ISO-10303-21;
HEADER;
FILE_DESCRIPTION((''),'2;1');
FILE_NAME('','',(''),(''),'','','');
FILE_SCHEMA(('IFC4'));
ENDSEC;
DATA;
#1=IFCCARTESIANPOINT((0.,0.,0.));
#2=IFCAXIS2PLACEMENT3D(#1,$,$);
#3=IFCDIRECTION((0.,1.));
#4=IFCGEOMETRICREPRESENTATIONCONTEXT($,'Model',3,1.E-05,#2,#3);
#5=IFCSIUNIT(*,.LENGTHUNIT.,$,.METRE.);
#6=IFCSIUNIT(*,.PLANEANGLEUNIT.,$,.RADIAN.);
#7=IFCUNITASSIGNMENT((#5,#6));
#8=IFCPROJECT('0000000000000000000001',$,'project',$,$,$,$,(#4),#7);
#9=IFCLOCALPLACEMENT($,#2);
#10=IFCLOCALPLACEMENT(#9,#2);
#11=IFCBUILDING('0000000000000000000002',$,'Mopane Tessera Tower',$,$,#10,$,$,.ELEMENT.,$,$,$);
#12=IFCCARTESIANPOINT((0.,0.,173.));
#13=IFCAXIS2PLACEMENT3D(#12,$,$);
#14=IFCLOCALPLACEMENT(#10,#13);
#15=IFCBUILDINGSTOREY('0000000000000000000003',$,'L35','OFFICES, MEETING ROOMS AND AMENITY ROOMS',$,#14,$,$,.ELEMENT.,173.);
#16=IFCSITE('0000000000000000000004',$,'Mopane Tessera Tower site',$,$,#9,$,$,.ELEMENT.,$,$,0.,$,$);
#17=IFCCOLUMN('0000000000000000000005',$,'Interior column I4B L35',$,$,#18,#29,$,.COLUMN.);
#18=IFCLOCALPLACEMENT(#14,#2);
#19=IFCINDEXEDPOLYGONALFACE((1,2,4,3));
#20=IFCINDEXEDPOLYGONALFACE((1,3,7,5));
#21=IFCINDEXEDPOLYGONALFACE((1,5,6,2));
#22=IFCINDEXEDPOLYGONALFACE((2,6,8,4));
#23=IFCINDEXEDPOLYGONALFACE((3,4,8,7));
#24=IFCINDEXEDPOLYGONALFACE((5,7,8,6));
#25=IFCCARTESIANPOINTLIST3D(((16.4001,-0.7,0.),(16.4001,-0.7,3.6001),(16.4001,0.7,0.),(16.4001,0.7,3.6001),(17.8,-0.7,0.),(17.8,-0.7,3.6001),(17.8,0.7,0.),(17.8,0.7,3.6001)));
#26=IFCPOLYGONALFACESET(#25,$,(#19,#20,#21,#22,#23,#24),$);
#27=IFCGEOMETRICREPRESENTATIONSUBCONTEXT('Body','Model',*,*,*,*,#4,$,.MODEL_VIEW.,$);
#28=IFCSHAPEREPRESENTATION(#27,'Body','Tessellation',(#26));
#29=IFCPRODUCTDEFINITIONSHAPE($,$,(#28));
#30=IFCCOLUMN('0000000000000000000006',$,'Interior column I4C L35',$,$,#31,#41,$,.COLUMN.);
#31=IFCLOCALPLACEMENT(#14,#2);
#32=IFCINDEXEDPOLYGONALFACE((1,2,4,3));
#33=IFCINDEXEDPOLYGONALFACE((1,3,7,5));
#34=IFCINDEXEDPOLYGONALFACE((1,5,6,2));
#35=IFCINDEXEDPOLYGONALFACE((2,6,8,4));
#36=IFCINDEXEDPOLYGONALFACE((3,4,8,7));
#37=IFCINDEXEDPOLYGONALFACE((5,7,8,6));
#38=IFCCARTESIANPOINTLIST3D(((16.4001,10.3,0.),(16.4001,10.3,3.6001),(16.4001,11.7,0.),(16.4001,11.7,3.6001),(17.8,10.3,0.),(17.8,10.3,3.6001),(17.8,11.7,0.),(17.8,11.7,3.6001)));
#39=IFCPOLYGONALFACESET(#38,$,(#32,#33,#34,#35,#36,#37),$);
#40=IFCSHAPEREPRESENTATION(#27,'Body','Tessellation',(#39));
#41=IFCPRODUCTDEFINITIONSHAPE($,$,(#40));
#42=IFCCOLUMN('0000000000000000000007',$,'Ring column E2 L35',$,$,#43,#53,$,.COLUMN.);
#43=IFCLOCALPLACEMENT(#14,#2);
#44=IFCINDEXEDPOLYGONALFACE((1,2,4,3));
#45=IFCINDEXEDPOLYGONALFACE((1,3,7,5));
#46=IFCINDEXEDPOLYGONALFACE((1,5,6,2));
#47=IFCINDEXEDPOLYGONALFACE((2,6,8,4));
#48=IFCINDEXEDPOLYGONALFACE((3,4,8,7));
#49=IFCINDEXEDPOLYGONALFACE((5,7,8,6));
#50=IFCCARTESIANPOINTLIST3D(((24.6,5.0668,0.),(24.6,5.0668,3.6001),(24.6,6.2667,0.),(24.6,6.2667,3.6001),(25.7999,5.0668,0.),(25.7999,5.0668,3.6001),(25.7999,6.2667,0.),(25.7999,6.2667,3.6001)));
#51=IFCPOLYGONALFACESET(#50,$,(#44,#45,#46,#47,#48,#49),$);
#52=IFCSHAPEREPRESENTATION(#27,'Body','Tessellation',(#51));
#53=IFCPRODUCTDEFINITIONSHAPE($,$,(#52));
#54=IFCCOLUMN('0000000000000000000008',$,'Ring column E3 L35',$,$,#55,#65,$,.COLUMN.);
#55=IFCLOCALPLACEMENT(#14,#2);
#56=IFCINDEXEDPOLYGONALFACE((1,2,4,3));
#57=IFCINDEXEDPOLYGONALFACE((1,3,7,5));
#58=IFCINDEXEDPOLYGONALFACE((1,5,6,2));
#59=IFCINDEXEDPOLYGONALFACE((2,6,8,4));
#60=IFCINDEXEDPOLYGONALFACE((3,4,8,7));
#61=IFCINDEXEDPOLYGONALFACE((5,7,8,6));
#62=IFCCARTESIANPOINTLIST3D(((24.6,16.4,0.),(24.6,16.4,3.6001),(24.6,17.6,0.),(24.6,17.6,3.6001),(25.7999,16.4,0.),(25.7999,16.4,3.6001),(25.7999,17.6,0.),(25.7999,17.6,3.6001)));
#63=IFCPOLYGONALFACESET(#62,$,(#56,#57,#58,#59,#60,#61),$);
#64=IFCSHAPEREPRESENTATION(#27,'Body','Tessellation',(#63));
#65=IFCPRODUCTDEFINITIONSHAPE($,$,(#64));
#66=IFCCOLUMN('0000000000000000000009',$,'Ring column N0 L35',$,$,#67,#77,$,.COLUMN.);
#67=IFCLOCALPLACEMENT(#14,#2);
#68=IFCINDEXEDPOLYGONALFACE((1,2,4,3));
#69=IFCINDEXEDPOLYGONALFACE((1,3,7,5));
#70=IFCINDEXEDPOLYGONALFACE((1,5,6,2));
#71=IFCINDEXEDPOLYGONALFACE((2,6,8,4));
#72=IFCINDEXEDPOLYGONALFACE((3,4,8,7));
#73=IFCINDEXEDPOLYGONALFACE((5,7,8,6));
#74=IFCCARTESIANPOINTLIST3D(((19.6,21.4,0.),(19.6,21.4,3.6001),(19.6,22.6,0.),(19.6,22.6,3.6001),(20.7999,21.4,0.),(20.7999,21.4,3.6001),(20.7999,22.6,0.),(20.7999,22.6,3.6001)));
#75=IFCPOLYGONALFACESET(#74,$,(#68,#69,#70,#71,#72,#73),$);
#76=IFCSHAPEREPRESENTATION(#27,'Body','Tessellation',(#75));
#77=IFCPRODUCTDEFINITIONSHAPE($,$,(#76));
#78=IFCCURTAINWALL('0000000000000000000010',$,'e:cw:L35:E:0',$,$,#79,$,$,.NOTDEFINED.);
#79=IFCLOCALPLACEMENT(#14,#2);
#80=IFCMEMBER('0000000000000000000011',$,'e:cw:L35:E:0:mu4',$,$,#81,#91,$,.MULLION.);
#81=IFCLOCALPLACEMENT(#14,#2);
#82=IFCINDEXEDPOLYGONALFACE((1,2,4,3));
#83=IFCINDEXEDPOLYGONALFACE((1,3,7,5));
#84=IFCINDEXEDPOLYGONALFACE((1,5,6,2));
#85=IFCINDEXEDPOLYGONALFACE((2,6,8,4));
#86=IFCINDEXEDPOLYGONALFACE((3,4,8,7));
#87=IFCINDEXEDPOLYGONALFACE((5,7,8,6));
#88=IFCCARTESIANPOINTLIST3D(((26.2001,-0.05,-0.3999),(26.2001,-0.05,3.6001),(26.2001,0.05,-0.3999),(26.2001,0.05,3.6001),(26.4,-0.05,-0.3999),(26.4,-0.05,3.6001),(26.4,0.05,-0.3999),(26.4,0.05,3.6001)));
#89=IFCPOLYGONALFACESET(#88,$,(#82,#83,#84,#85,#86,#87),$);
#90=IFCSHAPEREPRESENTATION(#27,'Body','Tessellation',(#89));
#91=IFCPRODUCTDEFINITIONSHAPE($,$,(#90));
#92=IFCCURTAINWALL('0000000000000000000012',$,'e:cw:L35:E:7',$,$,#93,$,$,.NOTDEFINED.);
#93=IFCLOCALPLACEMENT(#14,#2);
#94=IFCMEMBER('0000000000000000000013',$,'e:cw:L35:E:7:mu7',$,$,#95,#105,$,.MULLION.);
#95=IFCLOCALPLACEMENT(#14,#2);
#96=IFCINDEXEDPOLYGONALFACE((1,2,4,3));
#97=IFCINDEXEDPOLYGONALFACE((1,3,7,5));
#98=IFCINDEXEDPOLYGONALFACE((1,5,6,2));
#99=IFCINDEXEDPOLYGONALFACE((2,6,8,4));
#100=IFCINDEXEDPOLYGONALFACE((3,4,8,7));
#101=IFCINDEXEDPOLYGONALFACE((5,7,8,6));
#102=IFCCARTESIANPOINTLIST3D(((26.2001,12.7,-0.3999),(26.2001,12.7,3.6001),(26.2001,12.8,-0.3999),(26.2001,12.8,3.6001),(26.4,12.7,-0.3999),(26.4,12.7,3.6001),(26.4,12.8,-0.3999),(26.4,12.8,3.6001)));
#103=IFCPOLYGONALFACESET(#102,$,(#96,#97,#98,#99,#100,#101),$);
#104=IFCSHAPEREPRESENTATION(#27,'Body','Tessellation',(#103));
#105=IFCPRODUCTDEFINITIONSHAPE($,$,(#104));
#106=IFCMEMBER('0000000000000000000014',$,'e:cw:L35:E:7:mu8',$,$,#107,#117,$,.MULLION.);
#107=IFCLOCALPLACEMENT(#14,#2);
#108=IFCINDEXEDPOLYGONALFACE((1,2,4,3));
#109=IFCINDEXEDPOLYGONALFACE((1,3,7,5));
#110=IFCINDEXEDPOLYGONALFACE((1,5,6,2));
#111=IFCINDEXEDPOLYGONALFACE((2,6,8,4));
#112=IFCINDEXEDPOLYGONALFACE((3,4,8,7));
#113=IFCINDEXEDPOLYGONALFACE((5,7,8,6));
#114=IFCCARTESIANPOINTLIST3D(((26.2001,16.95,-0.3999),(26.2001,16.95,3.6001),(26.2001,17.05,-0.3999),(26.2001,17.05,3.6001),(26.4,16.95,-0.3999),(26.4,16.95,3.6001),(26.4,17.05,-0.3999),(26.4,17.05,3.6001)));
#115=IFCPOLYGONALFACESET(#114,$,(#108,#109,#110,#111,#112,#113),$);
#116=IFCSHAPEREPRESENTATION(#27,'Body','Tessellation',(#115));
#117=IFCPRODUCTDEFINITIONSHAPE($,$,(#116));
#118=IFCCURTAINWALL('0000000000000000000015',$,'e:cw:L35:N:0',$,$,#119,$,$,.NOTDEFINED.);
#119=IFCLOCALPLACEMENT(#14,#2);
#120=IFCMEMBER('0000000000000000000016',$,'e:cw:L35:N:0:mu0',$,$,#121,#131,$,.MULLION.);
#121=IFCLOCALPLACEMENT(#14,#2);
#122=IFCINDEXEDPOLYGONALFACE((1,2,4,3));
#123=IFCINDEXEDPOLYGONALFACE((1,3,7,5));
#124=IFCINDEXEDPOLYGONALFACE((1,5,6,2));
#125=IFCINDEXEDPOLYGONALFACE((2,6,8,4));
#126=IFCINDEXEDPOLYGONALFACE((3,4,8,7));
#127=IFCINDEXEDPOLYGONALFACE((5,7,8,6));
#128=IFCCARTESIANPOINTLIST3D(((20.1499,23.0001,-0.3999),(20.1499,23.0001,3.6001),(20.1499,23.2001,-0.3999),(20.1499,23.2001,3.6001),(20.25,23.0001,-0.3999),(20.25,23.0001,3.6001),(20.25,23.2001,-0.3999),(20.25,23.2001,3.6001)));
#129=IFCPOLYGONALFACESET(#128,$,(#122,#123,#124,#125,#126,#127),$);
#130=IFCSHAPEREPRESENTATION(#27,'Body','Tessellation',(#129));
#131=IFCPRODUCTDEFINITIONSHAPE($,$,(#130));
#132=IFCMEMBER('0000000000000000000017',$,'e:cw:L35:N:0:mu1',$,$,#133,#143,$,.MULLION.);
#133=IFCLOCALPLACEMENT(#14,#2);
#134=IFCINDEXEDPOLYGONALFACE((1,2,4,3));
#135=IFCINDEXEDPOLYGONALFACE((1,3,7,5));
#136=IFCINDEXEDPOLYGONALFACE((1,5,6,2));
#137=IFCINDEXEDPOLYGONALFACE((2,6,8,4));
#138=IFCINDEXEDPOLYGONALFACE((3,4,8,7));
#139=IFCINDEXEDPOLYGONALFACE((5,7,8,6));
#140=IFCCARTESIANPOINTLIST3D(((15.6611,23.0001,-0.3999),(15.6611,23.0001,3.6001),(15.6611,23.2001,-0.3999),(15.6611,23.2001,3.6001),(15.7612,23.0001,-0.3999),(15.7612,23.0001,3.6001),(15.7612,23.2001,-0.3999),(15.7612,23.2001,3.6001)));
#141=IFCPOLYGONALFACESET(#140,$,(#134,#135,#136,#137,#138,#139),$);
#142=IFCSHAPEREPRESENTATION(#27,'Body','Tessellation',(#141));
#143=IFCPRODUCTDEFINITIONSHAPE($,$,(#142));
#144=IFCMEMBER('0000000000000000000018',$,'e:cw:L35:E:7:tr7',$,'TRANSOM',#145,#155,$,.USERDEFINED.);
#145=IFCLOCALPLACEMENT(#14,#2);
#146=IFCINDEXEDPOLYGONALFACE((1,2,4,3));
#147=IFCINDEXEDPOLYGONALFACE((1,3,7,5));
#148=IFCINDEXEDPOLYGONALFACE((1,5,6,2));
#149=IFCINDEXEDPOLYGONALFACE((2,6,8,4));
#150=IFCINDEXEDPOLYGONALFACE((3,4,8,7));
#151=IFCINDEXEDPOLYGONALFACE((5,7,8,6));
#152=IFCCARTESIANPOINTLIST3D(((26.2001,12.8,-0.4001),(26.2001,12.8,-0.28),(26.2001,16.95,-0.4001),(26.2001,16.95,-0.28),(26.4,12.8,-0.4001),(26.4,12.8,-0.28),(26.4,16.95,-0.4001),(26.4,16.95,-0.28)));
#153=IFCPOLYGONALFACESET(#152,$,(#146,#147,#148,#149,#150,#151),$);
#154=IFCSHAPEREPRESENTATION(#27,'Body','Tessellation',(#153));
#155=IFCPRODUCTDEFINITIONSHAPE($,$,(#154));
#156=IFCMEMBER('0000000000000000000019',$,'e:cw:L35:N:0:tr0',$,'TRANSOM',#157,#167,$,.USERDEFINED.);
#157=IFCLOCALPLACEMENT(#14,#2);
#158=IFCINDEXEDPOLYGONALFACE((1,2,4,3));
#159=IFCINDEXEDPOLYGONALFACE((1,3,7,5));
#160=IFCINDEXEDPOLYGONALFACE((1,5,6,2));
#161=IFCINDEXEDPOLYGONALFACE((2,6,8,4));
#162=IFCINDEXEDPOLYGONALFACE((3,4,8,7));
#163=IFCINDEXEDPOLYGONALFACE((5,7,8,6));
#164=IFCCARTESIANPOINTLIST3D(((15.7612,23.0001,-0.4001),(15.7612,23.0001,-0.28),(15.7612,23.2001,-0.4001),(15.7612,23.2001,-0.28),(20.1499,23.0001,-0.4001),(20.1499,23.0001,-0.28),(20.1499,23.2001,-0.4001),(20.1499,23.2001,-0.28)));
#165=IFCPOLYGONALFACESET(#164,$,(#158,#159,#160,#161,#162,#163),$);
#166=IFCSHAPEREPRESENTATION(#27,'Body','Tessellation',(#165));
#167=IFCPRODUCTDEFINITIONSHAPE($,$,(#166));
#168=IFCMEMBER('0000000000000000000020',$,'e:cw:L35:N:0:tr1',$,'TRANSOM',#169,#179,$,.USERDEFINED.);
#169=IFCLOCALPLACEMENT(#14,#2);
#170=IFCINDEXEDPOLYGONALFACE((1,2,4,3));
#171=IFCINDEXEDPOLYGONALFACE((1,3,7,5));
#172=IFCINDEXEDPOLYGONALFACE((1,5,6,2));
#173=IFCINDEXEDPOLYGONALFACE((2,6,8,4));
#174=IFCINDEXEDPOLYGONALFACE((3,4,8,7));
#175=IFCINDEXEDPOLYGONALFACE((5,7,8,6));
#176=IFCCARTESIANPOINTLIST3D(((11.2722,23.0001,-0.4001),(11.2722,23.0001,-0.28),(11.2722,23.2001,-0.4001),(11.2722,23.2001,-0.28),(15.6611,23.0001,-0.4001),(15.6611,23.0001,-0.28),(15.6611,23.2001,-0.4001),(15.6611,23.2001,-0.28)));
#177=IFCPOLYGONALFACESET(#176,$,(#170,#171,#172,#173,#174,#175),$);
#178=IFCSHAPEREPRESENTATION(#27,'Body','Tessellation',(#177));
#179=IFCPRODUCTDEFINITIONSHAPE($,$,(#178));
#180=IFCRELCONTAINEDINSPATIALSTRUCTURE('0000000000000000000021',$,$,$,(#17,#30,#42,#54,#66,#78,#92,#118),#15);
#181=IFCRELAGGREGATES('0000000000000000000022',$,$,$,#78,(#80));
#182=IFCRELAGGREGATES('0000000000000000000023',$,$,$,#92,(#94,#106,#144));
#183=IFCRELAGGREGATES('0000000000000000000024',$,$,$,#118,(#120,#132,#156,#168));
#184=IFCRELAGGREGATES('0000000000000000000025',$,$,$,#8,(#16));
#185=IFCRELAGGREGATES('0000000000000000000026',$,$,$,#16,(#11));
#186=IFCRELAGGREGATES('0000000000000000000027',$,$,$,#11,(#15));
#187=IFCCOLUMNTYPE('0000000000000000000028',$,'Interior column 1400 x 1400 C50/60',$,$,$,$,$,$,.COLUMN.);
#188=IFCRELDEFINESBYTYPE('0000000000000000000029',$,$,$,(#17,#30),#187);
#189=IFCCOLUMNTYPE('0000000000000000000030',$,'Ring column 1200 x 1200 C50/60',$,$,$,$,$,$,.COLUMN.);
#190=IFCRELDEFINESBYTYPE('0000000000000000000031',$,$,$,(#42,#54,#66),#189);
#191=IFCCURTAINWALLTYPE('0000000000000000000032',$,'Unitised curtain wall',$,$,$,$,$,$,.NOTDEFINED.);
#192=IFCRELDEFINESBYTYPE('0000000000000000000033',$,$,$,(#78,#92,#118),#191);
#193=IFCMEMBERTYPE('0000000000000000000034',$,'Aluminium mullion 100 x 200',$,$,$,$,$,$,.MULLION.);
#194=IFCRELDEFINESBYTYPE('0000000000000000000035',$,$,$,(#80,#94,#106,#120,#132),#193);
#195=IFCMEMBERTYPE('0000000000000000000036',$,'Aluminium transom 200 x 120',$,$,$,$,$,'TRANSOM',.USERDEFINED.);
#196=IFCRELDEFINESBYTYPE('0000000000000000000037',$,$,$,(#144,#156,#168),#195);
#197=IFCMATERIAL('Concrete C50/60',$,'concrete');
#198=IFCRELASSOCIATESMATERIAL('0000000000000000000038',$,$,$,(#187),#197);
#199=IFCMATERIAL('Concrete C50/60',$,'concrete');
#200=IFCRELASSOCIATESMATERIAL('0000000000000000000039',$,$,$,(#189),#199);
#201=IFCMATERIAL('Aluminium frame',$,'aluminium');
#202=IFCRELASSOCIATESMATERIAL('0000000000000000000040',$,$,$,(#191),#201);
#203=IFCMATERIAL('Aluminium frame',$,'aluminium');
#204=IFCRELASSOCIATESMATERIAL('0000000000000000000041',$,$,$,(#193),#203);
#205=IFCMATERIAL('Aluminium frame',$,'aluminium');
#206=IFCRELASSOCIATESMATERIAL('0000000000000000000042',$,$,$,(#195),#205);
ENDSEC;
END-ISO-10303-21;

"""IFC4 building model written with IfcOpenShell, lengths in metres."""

from ifc_helpers import new_model, si_unit, direction, frame, origin, origin_2d, place, context, subcontext, project, spatial, rectangle, extrude, material, material_profile, profile_set, type_object, element, aggregate, save


model = new_model("IFC4")

# Units and contexts
model_context = context("Model", 3, precision=1e-05, world=origin(), true_north=direction((0.0, 1.0)))
body_context = subcontext(model_context, "Body", "Model", "MODEL_VIEW")
ifc_project = project(units=[si_unit("LENGTHUNIT", "METRE"), si_unit("PLANEANGLEUNIT", "RADIAN")], contexts=[model_context])

# Site, building, storey
site_placement = place(None, origin())
site = spatial("IfcSite", under=ifc_project, at=site_placement, Name="Mopane Tessera Tower site", CompositionType="ELEMENT", RefElevation=0.0)
building_placement = place(site_placement, origin())
building = spatial("IfcBuilding", under=site, at=building_placement, Name="Mopane Tessera Tower", CompositionType="ELEMENT")
storey_placement = place(building_placement, frame((0.0, 0.0, 173.0)))
storey = spatial("IfcBuildingStorey", under=building, at=storey_placement, Name="L35", Description="OFFICES, MEETING ROOMS AND AMENITY ROOMS", CompositionType="ELEMENT", Elevation=173.0)

# Columns
ifc_material_1 = material(Name="Concrete C50/60", Category="concrete")
ifc_material_profile_1 = material_profile(ifc_material_1, rectangle(XDim=1.3999, YDim=1.3999, at=origin_2d()))
ifc_profile_set_1 = profile_set([ifc_material_profile_1], Name="Concrete C50/60")
column_type_1 = type_object("IfcColumnType", Name="Interior column 1400 x 1400 C50/60", PredefinedType="COLUMN", material=ifc_profile_set_1)
for number, where, z_axis, x_axis, name in (
    (1, (17.1001, 0.0, 0.0), (0.0, 0.0, 1.0), (1.0, 0.0, 0.0), "Interior column I4B L35"),
    (2, (17.1001, 11.0, 0.0), (0.0, 0.0, 1.0), (1.0, 0.0, 0.0), "Interior column I4C L35"),
):
    element("IfcColumn", number, at=place(storey_placement, frame(where, z_axis=z_axis, x_axis=x_axis)), inside=storey, type_object=column_type_1, Name=name, PredefinedType="COLUMN", context=body_context, shape_type="SweptSolid", body=[
        extrude(rectangle(XDim=1.3999, YDim=1.3999, at=origin_2d()), origin(), (0.0, 0.0, 1.0), 3.6001),
    ])
ifc_material_2 = material(Name="Concrete C50/60", Category="concrete")
ifc_material_profile_2 = material_profile(ifc_material_2, rectangle(XDim=1.2, YDim=1.2, at=origin_2d()))
ifc_profile_set_2 = profile_set([ifc_material_profile_2], Name="Concrete C50/60")
column_type_2 = type_object("IfcColumnType", Name="Ring column 1200 x 1200 C50/60", PredefinedType="COLUMN", material=ifc_profile_set_2)
for number, where, z_axis, x_axis, name in (
    (3, (25.2, 5.6667, 0.0), (0.0, 0.0, 1.0), (1.0, 0.0, 0.0), "Ring column E2 L35"),
    (4, (25.2, 17.0, 0.0), (0.0, 0.0, 1.0), (1.0, 0.0, 0.0), "Ring column E3 L35"),
    (5, (20.2, 22.0, 0.0), (0.0, 0.0, 1.0), (1.0, 0.0, 0.0), "Ring column N0 L35"),
):
    element("IfcColumn", number, at=place(storey_placement, frame(where, z_axis=z_axis, x_axis=x_axis)), inside=storey, type_object=column_type_2, Name=name, PredefinedType="COLUMN", context=body_context, shape_type="SweptSolid", body=[
        extrude(rectangle(XDim=1.2, YDim=1.2, at=origin_2d()), origin(), (0.0, 0.0, 1.0), 3.6001),
    ])

# Curtain wall, member
ifc_material_3 = material(Name="Aluminium frame", Category="aluminium")
curtain_wall_type = type_object("IfcCurtainWallType", Name="Unitised curtain wall", PredefinedType="NOTDEFINED", material=ifc_material_3)
curtain_wall_1_placement = place(storey_placement, origin())
curtain_wall_1 = element("IfcCurtainWall", 6, at=curtain_wall_1_placement, inside=storey, type_object=curtain_wall_type, Name="e:cw:L35:E:0", PredefinedType="NOTDEFINED")
ifc_material_4 = material(Name="Aluminium frame", Category="aluminium")
ifc_material_profile_3 = material_profile(ifc_material_4, rectangle(XDim=0.1001, YDim=0.2, at=origin_2d()))
ifc_profile_set_3 = profile_set([ifc_material_profile_3], Name="Aluminium frame")
member_type_1 = type_object("IfcMemberType", Name="Aluminium mullion 100 x 200", PredefinedType="MULLION", material=ifc_profile_set_3)
member_1_placement = place(storey_placement, frame((26.3, 0.0, -0.3999), z_axis=(0.0, 0.0, 1.0), x_axis=(0.0, 1.0, 0.0)))
member_1 = element("IfcMember", 7, at=member_1_placement, type_object=member_type_1, Name="e:cw:L35:E:0:mu4", PredefinedType="MULLION", context=body_context, shape_type="SweptSolid", body=[
    extrude(rectangle(XDim=0.1001, YDim=0.2, at=origin_2d()), origin(), (0.0, 0.0, 1.0), 4.0),
])
aggregate(curtain_wall_1, [member_1])

# Curtain walls, members
curtain_wall_2_placement = place(storey_placement, origin())
curtain_wall_2 = element("IfcCurtainWall", 8, at=curtain_wall_2_placement, inside=storey, type_object=curtain_wall_type, Name="e:cw:L35:E:7", PredefinedType="NOTDEFINED")
member_2_placement = place(storey_placement, frame((26.3, 12.75, -0.3999), z_axis=(0.0, 0.0, 1.0), x_axis=(0.0, 1.0, 0.0)))
member_2 = element("IfcMember", 9, at=member_2_placement, type_object=member_type_1, Name="e:cw:L35:E:7:mu7", PredefinedType="MULLION", context=body_context, shape_type="SweptSolid", body=[
    extrude(rectangle(XDim=0.1001, YDim=0.2, at=origin_2d()), origin(), (0.0, 0.0, 1.0), 4.0),
])
member_3_placement = place(storey_placement, frame((26.3, 17.0, -0.3999), z_axis=(0.0, 0.0, 1.0), x_axis=(0.0, 1.0, 0.0)))
member_3 = element("IfcMember", 10, at=member_3_placement, type_object=member_type_1, Name="e:cw:L35:E:7:mu8", PredefinedType="MULLION", context=body_context, shape_type="SweptSolid", body=[
    extrude(rectangle(XDim=0.1001, YDim=0.2, at=origin_2d()), origin(), (0.0, 0.0, 1.0), 4.0),
])
curtain_wall_3_placement = place(storey_placement, origin())
curtain_wall_3 = element("IfcCurtainWall", 11, at=curtain_wall_3_placement, inside=storey, type_object=curtain_wall_type, Name="e:cw:L35:N:0", PredefinedType="NOTDEFINED")
member_4_placement = place(storey_placement, frame((20.2, 23.1001, -0.3999), z_axis=(0.0, 0.0, 1.0), x_axis=(-1.0, 0.0, 0.0)))
member_4 = element("IfcMember", 12, at=member_4_placement, type_object=member_type_1, Name="e:cw:L35:N:0:mu0", PredefinedType="MULLION", context=body_context, shape_type="SweptSolid", body=[
    extrude(rectangle(XDim=0.1001, YDim=0.2, at=origin_2d()), origin(), (0.0, 0.0, 1.0), 4.0),
])
member_5_placement = place(storey_placement, frame((15.7112, 23.1001, -0.3999), z_axis=(0.0, 0.0, 1.0), x_axis=(-1.0, 0.0, 0.0)))
member_5 = element("IfcMember", 13, at=member_5_placement, type_object=member_type_1, Name="e:cw:L35:N:0:mu1", PredefinedType="MULLION", context=body_context, shape_type="SweptSolid", body=[
    extrude(rectangle(XDim=0.1001, YDim=0.2, at=origin_2d()), origin(), (0.0, 0.0, 1.0), 4.0),
])

# Members
ifc_material_5 = material(Name="Aluminium frame", Category="aluminium")
ifc_material_profile_4 = material_profile(ifc_material_5, rectangle(XDim=0.2, YDim=0.1201, at=origin_2d()))
ifc_profile_set_4 = profile_set([ifc_material_profile_4], Name="Aluminium frame")
member_type_2 = type_object("IfcMemberType", Name="Aluminium transom 200 x 120", ElementType="TRANSOM", PredefinedType="USERDEFINED", material=ifc_profile_set_4)
member_6_placement = place(storey_placement, frame((26.3, 12.8, -0.3401), z_axis=(0.0, 1.0, 0.0), x_axis=(-1.0, 0.0, 0.0)))
member_6 = element("IfcMember", 14, at=member_6_placement, type_object=member_type_2, Name="e:cw:L35:E:7:tr7", ObjectType="TRANSOM", PredefinedType="USERDEFINED", context=body_context, shape_type="SweptSolid", body=[
    extrude(rectangle(XDim=0.2, YDim=0.1201, at=origin_2d()), origin(), (0.0, 0.0, 1.0), 4.1499),
])
member_7_placement = place(storey_placement, frame((20.1499, 23.1001, -0.3401), z_axis=(-1.0, 0.0, 0.0), x_axis=(0.0, -1.0, 0.0)))
member_7 = element("IfcMember", 15, at=member_7_placement, type_object=member_type_2, Name="e:cw:L35:N:0:tr0", ObjectType="TRANSOM", PredefinedType="USERDEFINED", context=body_context, shape_type="SweptSolid", body=[
    extrude(rectangle(XDim=0.2, YDim=0.1201, at=origin_2d()), origin(), (0.0, 0.0, 1.0), 4.3887),
])
member_8_placement = place(storey_placement, frame((15.6611, 23.1001, -0.3401), z_axis=(-1.0, 0.0, 0.0), x_axis=(0.0, -1.0, 0.0)))
member_8 = element("IfcMember", 16, at=member_8_placement, type_object=member_type_2, Name="e:cw:L35:N:0:tr1", ObjectType="TRANSOM", PredefinedType="USERDEFINED", context=body_context, shape_type="SweptSolid", body=[
    extrude(rectangle(XDim=0.2, YDim=0.1201, at=origin_2d()), origin(), (0.0, 0.0, 1.0), 4.3889),
])

aggregate(curtain_wall_2, [member_2, member_3, member_6])
aggregate(curtain_wall_3, [member_4, member_5, member_7, member_8])

save(model, "model.ifc")
